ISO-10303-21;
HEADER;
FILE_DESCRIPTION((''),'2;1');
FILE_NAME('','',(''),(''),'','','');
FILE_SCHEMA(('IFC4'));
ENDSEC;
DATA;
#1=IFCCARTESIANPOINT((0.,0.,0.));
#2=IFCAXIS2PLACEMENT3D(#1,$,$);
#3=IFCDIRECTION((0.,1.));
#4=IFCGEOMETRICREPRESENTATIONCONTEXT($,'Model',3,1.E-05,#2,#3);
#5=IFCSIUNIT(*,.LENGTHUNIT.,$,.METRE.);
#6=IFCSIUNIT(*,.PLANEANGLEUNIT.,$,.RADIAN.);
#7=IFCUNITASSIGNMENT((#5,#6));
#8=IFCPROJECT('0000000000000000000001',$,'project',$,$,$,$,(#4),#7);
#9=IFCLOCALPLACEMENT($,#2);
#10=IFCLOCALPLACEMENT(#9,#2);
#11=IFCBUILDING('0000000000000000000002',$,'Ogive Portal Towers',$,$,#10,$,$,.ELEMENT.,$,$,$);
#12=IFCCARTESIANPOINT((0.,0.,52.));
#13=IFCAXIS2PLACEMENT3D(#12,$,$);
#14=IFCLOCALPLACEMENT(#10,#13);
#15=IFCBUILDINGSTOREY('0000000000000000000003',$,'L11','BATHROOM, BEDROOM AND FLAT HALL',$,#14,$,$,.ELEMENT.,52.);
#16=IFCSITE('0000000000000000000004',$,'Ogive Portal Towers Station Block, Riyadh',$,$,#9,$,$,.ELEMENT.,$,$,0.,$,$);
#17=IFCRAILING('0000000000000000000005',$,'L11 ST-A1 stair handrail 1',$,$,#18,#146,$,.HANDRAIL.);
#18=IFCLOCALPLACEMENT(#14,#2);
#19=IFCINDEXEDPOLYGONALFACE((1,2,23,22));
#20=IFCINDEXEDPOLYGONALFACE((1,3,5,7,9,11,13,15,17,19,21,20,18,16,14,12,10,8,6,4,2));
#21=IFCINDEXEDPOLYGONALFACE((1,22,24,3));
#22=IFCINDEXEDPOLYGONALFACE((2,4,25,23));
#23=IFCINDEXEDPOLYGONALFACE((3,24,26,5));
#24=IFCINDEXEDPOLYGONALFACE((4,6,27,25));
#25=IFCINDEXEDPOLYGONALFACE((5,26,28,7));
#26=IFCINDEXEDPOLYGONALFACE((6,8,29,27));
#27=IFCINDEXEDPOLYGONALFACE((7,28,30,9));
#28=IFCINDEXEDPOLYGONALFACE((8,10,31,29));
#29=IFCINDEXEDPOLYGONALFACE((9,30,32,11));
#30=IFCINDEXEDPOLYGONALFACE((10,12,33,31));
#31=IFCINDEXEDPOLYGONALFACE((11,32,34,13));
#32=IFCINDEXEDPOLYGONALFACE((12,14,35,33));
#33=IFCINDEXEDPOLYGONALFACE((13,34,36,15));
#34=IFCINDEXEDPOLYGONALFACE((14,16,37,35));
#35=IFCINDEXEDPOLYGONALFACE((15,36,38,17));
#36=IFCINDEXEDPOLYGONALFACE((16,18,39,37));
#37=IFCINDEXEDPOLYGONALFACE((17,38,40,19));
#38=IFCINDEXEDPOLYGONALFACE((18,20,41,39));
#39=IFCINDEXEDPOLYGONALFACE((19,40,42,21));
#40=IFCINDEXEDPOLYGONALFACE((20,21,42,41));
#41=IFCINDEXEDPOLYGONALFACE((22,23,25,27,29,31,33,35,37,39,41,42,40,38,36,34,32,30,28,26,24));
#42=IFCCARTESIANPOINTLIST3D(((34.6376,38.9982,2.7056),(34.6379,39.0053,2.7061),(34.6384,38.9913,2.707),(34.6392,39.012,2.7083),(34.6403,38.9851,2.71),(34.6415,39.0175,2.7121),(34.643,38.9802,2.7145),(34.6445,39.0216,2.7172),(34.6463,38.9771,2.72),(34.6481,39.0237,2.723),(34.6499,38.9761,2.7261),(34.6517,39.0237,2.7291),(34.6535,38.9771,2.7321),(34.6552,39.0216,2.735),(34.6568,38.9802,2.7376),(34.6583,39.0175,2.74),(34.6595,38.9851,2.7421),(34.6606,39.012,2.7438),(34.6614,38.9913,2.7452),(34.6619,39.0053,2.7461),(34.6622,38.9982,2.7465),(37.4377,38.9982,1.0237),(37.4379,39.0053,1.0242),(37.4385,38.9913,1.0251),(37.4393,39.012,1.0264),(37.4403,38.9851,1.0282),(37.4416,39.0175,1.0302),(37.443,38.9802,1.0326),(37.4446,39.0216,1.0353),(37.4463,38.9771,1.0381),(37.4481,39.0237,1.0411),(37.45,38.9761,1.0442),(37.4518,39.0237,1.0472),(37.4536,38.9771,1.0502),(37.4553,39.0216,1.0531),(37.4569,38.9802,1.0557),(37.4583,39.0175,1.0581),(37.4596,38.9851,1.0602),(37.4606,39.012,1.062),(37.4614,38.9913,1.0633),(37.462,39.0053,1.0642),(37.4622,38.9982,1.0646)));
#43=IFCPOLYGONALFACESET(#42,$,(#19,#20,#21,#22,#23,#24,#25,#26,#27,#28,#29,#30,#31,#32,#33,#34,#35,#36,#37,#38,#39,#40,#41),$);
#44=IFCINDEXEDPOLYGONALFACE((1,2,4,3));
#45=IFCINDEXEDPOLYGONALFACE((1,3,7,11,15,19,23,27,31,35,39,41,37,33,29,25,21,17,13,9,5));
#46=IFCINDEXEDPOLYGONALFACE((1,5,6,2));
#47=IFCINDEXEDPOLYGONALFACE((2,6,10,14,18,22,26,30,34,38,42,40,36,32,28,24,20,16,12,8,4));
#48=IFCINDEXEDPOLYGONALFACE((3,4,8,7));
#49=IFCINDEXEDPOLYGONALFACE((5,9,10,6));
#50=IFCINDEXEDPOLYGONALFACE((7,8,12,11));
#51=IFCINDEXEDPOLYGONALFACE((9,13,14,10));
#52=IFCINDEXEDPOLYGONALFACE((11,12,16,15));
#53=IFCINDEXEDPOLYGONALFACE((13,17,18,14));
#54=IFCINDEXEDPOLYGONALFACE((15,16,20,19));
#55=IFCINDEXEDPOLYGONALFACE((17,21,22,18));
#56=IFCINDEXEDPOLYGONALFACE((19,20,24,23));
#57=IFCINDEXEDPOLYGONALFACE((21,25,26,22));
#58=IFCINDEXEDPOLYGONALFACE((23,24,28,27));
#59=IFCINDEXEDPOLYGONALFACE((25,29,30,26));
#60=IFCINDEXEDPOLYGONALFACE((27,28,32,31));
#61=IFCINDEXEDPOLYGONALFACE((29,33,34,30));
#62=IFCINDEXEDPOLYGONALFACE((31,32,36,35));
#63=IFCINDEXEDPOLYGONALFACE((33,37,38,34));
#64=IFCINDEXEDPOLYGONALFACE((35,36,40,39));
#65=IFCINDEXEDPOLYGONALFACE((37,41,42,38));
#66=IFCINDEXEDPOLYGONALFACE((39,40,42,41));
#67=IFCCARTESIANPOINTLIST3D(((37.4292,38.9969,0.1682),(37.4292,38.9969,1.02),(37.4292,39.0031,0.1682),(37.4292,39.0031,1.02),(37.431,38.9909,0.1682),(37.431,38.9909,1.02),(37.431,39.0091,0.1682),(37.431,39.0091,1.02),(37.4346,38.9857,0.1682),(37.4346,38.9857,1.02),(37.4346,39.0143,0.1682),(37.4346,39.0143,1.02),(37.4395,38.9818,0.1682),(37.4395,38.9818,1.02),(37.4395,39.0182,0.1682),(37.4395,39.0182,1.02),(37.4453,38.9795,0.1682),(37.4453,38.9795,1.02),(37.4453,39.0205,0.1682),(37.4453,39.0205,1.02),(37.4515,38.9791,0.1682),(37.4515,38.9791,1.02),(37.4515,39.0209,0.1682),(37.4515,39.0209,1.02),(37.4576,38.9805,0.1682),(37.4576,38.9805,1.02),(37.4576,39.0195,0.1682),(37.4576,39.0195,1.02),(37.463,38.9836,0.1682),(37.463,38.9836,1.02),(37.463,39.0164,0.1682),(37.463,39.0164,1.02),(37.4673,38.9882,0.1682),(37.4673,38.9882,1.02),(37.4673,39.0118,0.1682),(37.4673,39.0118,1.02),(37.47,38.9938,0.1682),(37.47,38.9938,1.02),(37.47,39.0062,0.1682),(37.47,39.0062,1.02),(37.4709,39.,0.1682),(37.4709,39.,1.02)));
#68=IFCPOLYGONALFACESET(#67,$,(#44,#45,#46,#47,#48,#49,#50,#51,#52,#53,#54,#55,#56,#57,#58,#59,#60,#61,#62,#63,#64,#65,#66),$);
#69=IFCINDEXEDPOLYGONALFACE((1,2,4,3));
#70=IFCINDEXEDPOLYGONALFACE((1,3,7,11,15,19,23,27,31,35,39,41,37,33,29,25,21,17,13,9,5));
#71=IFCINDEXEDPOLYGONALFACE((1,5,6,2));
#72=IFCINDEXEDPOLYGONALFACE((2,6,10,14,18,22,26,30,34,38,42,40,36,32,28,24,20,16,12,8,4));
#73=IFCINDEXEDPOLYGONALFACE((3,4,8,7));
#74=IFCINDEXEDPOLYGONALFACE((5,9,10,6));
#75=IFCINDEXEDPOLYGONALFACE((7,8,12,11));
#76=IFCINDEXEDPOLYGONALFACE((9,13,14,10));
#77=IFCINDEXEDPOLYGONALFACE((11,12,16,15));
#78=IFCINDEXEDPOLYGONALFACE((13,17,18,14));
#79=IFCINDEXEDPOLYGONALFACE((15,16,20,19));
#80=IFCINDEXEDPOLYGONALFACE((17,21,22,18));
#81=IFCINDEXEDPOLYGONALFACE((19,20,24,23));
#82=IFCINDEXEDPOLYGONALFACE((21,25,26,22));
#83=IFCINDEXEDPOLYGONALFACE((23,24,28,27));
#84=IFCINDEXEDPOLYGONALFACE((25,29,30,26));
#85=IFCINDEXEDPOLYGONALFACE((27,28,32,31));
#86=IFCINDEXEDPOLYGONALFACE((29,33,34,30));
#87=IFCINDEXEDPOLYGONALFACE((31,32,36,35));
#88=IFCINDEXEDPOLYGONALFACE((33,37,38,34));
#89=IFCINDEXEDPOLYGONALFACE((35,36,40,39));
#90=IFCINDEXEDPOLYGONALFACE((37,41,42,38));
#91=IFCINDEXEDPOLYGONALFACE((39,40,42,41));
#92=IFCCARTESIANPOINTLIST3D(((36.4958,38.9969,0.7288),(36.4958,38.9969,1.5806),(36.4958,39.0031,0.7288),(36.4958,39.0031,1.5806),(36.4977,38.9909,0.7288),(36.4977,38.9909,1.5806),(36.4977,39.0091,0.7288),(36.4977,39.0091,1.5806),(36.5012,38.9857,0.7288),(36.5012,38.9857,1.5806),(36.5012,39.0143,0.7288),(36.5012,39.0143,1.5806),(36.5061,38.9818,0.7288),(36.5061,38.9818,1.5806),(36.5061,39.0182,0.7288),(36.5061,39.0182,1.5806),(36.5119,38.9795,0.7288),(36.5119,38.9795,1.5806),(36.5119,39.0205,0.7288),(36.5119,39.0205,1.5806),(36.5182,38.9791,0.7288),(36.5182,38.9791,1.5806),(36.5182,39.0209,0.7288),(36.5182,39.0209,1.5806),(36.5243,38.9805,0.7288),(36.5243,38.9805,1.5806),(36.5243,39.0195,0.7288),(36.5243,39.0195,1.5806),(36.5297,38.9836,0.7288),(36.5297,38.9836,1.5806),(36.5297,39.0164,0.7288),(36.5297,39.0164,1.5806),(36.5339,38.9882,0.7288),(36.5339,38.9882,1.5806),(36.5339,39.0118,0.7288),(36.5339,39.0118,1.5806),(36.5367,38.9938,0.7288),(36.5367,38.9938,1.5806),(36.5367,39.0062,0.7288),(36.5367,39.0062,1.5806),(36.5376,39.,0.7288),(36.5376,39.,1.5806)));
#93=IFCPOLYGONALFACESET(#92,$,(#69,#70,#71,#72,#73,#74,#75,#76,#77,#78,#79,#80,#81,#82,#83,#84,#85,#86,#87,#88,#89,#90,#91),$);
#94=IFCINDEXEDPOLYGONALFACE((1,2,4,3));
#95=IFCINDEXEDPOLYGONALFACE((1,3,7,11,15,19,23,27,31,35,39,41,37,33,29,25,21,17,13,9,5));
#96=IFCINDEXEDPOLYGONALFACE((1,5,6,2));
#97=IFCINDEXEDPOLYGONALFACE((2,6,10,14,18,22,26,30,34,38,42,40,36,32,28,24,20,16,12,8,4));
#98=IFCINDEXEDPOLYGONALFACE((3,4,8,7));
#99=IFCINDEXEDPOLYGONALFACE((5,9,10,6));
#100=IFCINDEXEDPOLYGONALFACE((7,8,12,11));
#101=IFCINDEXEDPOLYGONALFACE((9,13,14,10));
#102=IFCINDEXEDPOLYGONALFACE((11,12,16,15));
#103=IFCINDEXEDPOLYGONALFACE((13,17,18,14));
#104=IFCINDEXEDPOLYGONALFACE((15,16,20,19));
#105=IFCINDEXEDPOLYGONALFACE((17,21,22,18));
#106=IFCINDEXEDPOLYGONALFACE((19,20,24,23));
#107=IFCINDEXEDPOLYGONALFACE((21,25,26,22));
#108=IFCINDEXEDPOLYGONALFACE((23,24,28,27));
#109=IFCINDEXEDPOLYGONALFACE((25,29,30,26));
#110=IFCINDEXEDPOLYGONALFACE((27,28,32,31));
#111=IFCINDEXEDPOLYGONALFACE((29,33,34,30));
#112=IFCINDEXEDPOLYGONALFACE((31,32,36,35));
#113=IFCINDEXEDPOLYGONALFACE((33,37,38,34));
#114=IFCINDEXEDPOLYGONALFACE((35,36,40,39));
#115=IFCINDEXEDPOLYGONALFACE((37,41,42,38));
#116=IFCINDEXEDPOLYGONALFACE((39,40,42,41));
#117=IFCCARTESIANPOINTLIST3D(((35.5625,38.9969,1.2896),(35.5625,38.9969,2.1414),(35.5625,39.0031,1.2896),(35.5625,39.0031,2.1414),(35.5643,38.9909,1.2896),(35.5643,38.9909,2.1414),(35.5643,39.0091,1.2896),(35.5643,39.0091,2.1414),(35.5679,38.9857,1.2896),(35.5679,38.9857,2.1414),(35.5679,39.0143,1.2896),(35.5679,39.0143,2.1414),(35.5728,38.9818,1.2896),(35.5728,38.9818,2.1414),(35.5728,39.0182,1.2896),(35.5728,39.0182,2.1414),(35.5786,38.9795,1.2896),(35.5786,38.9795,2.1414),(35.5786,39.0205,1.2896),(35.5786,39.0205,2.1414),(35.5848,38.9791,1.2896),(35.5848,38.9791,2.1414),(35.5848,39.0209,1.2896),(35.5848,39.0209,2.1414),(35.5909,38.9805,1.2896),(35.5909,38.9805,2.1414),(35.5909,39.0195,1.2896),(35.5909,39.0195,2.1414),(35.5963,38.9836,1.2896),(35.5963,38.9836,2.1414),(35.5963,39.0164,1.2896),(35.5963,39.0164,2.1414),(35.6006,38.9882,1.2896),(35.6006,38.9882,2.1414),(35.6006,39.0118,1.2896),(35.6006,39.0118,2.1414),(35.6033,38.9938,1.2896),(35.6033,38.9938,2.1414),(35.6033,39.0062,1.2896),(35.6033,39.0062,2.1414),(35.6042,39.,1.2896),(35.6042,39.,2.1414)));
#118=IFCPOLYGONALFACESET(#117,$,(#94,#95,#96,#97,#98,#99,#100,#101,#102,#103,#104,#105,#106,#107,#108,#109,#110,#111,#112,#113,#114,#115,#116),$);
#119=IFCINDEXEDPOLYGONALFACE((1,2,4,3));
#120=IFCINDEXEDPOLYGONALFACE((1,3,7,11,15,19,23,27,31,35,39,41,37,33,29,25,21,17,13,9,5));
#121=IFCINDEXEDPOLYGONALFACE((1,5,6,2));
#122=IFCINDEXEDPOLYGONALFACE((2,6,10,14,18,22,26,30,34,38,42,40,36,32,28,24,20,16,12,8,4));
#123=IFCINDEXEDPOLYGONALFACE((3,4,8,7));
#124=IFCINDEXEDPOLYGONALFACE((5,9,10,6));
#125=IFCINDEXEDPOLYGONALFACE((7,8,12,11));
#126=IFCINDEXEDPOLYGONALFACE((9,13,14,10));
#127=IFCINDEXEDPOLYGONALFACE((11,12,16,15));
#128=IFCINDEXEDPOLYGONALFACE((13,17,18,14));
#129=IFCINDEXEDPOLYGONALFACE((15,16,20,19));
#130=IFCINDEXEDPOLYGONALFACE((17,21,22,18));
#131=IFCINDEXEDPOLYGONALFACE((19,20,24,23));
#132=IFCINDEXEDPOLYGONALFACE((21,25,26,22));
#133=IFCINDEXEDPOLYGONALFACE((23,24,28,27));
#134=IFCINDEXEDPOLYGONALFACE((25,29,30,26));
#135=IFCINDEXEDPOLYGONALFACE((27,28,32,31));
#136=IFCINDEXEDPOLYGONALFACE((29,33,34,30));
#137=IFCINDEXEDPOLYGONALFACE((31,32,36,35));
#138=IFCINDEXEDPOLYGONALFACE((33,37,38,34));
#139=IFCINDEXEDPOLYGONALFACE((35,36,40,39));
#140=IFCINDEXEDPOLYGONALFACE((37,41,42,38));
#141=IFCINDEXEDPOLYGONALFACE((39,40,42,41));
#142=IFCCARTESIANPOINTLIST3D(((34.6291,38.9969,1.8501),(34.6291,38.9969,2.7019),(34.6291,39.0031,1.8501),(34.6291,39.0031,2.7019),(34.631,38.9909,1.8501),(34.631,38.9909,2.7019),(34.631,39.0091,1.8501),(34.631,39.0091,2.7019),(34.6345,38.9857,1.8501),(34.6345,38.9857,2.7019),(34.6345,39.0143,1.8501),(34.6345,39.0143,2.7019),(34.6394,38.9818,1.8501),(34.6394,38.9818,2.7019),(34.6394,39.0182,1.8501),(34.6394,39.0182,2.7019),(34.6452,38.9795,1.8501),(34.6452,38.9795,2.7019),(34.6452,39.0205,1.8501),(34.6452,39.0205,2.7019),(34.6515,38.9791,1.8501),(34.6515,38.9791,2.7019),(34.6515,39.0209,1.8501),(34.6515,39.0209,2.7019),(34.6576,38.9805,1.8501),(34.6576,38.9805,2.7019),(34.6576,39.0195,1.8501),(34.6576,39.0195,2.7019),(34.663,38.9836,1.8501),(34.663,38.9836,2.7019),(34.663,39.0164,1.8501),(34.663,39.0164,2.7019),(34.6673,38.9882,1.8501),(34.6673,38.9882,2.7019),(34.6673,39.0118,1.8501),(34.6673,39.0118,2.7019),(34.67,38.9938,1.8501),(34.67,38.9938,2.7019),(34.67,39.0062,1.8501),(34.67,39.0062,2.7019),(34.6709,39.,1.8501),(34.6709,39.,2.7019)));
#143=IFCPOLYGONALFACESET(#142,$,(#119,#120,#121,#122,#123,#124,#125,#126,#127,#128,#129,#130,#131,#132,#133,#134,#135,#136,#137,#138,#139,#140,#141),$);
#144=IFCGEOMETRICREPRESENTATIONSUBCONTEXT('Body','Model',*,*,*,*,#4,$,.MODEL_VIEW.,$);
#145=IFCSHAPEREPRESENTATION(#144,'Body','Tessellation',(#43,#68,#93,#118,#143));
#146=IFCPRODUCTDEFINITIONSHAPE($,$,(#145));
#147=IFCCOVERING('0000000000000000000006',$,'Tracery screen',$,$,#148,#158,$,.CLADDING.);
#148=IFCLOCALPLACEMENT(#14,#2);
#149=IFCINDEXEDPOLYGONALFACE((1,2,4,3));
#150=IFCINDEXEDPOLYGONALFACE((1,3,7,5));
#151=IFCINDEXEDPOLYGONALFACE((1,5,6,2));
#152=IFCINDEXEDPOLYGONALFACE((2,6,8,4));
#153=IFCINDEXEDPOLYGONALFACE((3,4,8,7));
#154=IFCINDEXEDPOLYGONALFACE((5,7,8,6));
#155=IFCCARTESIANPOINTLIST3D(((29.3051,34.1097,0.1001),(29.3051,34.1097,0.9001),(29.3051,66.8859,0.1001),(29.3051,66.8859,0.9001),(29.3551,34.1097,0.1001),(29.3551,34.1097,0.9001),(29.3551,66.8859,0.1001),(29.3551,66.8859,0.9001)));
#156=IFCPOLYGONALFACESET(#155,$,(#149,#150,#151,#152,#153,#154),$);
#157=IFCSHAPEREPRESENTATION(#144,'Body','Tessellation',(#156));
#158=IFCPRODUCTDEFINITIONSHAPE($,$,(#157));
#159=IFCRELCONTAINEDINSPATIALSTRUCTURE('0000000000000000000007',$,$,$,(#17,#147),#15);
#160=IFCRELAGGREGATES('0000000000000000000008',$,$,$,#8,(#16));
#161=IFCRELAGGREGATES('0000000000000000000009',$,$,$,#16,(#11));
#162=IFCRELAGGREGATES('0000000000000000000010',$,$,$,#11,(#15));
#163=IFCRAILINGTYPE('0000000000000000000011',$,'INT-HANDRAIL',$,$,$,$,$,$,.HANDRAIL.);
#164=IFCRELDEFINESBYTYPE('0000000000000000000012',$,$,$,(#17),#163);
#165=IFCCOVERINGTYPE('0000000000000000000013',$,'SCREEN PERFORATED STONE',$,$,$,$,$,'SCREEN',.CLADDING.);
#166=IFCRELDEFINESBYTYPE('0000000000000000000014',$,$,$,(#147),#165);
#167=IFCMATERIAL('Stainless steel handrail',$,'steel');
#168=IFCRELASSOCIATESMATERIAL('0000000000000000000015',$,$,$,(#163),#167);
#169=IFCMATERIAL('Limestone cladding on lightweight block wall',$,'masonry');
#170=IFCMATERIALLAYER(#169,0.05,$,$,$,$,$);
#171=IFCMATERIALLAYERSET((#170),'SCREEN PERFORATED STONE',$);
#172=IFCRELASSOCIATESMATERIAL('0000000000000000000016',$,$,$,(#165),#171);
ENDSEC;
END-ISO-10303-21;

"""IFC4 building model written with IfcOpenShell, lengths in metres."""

from ifc_helpers import new_model, si_unit, direction, frame, origin, origin_2d, place, context, subcontext, project, spatial, rectangle, circle, extrude, material, layer, layer_set, type_object, element, save


model = new_model("IFC4")

# Units and contexts
model_context = context("Model", 3, precision=1e-05, world=origin(), true_north=direction((0.0, 1.0)))
body_context = subcontext(model_context, "Body", "Model", "MODEL_VIEW")
ifc_project = project(units=[si_unit("LENGTHUNIT", "METRE"), si_unit("PLANEANGLEUNIT", "RADIAN")], contexts=[model_context])

# Site, building, storey
site_placement = place(None, origin())
site = spatial("IfcSite", under=ifc_project, at=site_placement, Name="Ogive Portal Towers Station Block, Riyadh", CompositionType="ELEMENT", RefElevation=0.0)
building_placement = place(site_placement, origin())
building = spatial("IfcBuilding", under=site, at=building_placement, Name="Ogive Portal Towers", CompositionType="ELEMENT")
storey_placement = place(building_placement, frame((0.0, 0.0, 52.0)))
storey = spatial("IfcBuildingStorey", under=building, at=storey_placement, Name="L11", Description="BATHROOM, BEDROOM AND FLAT HALL", CompositionType="ELEMENT", Elevation=52.0)

# Railing
ifc_material_1 = material(Name="Stainless steel handrail", Category="steel")
railing_type_1 = type_object("IfcRailingType", Name="INT-HANDRAIL", PredefinedType="HANDRAIL", material=ifc_material_1)
railing_1_placement = place(storey_placement, frame((37.45, 39.0, 0.1682)))
element("IfcRailing", 1, at=railing_1_placement, inside=storey, type_object=railing_type_1, Name="L11 ST-A1 stair handrail 1", PredefinedType="HANDRAIL", context=body_context, shape_type="SweptSolid", body=[
    extrude(circle(Radius=0.0239, at=origin_2d()), frame((0.0, 0.0, 0.876), z_axis=(-0.857242, 0.0, 0.514913), x_axis=(0.0, -1.0, 0.0)), (0.0, 0.0, 1.0), 3.2664),
    extrude(circle(Radius=0.021, at=origin_2d()), origin(), (0.0, 0.0, 1.0), 0.8518),
    extrude(circle(Radius=0.021, at=origin_2d()), frame((-0.9333, 0.0, 0.5605)), (0.0, 0.0, 1.0), 0.8518),
    extrude(circle(Radius=0.021, at=origin_2d()), frame((-1.8667, 0.0, 1.1213)), (0.0, 0.0, 1.0), 0.8518),
    extrude(circle(Radius=0.021, at=origin_2d()), frame((-2.8, 0.0, 1.6819)), (0.0, 0.0, 1.0), 0.8518),
])

# Covering
ifc_material_2 = material(Name="Limestone cladding on lightweight block wall", Category="masonry")
ifc_layer_1 = layer(ifc_material_2, 0.05)
ifc_layer_set_1 = layer_set([ifc_layer_1], Name="SCREEN PERFORATED STONE")
covering_type = type_object("IfcCoveringType", Name="SCREEN PERFORATED STONE", ElementType="SCREEN", PredefinedType="CLADDING", material=ifc_layer_set_1)
covering_placement = place(storey_placement, frame((29.3301, 50.4978, 0.1001), z_axis=(0.0, 0.0, 1.0), x_axis=(0.0, -1.0, 0.0)))
element("IfcCovering", 2, at=covering_placement, inside=storey, type_object=covering_type, Name="Tracery screen", PredefinedType="CLADDING", context=body_context, shape_type="SweptSolid", body=[
    extrude(rectangle(XDim=32.7761, YDim=0.05, at=origin_2d()), origin(), (0.0, 0.0, 1.0), 0.8),
])

save(model, "model.ifc")
